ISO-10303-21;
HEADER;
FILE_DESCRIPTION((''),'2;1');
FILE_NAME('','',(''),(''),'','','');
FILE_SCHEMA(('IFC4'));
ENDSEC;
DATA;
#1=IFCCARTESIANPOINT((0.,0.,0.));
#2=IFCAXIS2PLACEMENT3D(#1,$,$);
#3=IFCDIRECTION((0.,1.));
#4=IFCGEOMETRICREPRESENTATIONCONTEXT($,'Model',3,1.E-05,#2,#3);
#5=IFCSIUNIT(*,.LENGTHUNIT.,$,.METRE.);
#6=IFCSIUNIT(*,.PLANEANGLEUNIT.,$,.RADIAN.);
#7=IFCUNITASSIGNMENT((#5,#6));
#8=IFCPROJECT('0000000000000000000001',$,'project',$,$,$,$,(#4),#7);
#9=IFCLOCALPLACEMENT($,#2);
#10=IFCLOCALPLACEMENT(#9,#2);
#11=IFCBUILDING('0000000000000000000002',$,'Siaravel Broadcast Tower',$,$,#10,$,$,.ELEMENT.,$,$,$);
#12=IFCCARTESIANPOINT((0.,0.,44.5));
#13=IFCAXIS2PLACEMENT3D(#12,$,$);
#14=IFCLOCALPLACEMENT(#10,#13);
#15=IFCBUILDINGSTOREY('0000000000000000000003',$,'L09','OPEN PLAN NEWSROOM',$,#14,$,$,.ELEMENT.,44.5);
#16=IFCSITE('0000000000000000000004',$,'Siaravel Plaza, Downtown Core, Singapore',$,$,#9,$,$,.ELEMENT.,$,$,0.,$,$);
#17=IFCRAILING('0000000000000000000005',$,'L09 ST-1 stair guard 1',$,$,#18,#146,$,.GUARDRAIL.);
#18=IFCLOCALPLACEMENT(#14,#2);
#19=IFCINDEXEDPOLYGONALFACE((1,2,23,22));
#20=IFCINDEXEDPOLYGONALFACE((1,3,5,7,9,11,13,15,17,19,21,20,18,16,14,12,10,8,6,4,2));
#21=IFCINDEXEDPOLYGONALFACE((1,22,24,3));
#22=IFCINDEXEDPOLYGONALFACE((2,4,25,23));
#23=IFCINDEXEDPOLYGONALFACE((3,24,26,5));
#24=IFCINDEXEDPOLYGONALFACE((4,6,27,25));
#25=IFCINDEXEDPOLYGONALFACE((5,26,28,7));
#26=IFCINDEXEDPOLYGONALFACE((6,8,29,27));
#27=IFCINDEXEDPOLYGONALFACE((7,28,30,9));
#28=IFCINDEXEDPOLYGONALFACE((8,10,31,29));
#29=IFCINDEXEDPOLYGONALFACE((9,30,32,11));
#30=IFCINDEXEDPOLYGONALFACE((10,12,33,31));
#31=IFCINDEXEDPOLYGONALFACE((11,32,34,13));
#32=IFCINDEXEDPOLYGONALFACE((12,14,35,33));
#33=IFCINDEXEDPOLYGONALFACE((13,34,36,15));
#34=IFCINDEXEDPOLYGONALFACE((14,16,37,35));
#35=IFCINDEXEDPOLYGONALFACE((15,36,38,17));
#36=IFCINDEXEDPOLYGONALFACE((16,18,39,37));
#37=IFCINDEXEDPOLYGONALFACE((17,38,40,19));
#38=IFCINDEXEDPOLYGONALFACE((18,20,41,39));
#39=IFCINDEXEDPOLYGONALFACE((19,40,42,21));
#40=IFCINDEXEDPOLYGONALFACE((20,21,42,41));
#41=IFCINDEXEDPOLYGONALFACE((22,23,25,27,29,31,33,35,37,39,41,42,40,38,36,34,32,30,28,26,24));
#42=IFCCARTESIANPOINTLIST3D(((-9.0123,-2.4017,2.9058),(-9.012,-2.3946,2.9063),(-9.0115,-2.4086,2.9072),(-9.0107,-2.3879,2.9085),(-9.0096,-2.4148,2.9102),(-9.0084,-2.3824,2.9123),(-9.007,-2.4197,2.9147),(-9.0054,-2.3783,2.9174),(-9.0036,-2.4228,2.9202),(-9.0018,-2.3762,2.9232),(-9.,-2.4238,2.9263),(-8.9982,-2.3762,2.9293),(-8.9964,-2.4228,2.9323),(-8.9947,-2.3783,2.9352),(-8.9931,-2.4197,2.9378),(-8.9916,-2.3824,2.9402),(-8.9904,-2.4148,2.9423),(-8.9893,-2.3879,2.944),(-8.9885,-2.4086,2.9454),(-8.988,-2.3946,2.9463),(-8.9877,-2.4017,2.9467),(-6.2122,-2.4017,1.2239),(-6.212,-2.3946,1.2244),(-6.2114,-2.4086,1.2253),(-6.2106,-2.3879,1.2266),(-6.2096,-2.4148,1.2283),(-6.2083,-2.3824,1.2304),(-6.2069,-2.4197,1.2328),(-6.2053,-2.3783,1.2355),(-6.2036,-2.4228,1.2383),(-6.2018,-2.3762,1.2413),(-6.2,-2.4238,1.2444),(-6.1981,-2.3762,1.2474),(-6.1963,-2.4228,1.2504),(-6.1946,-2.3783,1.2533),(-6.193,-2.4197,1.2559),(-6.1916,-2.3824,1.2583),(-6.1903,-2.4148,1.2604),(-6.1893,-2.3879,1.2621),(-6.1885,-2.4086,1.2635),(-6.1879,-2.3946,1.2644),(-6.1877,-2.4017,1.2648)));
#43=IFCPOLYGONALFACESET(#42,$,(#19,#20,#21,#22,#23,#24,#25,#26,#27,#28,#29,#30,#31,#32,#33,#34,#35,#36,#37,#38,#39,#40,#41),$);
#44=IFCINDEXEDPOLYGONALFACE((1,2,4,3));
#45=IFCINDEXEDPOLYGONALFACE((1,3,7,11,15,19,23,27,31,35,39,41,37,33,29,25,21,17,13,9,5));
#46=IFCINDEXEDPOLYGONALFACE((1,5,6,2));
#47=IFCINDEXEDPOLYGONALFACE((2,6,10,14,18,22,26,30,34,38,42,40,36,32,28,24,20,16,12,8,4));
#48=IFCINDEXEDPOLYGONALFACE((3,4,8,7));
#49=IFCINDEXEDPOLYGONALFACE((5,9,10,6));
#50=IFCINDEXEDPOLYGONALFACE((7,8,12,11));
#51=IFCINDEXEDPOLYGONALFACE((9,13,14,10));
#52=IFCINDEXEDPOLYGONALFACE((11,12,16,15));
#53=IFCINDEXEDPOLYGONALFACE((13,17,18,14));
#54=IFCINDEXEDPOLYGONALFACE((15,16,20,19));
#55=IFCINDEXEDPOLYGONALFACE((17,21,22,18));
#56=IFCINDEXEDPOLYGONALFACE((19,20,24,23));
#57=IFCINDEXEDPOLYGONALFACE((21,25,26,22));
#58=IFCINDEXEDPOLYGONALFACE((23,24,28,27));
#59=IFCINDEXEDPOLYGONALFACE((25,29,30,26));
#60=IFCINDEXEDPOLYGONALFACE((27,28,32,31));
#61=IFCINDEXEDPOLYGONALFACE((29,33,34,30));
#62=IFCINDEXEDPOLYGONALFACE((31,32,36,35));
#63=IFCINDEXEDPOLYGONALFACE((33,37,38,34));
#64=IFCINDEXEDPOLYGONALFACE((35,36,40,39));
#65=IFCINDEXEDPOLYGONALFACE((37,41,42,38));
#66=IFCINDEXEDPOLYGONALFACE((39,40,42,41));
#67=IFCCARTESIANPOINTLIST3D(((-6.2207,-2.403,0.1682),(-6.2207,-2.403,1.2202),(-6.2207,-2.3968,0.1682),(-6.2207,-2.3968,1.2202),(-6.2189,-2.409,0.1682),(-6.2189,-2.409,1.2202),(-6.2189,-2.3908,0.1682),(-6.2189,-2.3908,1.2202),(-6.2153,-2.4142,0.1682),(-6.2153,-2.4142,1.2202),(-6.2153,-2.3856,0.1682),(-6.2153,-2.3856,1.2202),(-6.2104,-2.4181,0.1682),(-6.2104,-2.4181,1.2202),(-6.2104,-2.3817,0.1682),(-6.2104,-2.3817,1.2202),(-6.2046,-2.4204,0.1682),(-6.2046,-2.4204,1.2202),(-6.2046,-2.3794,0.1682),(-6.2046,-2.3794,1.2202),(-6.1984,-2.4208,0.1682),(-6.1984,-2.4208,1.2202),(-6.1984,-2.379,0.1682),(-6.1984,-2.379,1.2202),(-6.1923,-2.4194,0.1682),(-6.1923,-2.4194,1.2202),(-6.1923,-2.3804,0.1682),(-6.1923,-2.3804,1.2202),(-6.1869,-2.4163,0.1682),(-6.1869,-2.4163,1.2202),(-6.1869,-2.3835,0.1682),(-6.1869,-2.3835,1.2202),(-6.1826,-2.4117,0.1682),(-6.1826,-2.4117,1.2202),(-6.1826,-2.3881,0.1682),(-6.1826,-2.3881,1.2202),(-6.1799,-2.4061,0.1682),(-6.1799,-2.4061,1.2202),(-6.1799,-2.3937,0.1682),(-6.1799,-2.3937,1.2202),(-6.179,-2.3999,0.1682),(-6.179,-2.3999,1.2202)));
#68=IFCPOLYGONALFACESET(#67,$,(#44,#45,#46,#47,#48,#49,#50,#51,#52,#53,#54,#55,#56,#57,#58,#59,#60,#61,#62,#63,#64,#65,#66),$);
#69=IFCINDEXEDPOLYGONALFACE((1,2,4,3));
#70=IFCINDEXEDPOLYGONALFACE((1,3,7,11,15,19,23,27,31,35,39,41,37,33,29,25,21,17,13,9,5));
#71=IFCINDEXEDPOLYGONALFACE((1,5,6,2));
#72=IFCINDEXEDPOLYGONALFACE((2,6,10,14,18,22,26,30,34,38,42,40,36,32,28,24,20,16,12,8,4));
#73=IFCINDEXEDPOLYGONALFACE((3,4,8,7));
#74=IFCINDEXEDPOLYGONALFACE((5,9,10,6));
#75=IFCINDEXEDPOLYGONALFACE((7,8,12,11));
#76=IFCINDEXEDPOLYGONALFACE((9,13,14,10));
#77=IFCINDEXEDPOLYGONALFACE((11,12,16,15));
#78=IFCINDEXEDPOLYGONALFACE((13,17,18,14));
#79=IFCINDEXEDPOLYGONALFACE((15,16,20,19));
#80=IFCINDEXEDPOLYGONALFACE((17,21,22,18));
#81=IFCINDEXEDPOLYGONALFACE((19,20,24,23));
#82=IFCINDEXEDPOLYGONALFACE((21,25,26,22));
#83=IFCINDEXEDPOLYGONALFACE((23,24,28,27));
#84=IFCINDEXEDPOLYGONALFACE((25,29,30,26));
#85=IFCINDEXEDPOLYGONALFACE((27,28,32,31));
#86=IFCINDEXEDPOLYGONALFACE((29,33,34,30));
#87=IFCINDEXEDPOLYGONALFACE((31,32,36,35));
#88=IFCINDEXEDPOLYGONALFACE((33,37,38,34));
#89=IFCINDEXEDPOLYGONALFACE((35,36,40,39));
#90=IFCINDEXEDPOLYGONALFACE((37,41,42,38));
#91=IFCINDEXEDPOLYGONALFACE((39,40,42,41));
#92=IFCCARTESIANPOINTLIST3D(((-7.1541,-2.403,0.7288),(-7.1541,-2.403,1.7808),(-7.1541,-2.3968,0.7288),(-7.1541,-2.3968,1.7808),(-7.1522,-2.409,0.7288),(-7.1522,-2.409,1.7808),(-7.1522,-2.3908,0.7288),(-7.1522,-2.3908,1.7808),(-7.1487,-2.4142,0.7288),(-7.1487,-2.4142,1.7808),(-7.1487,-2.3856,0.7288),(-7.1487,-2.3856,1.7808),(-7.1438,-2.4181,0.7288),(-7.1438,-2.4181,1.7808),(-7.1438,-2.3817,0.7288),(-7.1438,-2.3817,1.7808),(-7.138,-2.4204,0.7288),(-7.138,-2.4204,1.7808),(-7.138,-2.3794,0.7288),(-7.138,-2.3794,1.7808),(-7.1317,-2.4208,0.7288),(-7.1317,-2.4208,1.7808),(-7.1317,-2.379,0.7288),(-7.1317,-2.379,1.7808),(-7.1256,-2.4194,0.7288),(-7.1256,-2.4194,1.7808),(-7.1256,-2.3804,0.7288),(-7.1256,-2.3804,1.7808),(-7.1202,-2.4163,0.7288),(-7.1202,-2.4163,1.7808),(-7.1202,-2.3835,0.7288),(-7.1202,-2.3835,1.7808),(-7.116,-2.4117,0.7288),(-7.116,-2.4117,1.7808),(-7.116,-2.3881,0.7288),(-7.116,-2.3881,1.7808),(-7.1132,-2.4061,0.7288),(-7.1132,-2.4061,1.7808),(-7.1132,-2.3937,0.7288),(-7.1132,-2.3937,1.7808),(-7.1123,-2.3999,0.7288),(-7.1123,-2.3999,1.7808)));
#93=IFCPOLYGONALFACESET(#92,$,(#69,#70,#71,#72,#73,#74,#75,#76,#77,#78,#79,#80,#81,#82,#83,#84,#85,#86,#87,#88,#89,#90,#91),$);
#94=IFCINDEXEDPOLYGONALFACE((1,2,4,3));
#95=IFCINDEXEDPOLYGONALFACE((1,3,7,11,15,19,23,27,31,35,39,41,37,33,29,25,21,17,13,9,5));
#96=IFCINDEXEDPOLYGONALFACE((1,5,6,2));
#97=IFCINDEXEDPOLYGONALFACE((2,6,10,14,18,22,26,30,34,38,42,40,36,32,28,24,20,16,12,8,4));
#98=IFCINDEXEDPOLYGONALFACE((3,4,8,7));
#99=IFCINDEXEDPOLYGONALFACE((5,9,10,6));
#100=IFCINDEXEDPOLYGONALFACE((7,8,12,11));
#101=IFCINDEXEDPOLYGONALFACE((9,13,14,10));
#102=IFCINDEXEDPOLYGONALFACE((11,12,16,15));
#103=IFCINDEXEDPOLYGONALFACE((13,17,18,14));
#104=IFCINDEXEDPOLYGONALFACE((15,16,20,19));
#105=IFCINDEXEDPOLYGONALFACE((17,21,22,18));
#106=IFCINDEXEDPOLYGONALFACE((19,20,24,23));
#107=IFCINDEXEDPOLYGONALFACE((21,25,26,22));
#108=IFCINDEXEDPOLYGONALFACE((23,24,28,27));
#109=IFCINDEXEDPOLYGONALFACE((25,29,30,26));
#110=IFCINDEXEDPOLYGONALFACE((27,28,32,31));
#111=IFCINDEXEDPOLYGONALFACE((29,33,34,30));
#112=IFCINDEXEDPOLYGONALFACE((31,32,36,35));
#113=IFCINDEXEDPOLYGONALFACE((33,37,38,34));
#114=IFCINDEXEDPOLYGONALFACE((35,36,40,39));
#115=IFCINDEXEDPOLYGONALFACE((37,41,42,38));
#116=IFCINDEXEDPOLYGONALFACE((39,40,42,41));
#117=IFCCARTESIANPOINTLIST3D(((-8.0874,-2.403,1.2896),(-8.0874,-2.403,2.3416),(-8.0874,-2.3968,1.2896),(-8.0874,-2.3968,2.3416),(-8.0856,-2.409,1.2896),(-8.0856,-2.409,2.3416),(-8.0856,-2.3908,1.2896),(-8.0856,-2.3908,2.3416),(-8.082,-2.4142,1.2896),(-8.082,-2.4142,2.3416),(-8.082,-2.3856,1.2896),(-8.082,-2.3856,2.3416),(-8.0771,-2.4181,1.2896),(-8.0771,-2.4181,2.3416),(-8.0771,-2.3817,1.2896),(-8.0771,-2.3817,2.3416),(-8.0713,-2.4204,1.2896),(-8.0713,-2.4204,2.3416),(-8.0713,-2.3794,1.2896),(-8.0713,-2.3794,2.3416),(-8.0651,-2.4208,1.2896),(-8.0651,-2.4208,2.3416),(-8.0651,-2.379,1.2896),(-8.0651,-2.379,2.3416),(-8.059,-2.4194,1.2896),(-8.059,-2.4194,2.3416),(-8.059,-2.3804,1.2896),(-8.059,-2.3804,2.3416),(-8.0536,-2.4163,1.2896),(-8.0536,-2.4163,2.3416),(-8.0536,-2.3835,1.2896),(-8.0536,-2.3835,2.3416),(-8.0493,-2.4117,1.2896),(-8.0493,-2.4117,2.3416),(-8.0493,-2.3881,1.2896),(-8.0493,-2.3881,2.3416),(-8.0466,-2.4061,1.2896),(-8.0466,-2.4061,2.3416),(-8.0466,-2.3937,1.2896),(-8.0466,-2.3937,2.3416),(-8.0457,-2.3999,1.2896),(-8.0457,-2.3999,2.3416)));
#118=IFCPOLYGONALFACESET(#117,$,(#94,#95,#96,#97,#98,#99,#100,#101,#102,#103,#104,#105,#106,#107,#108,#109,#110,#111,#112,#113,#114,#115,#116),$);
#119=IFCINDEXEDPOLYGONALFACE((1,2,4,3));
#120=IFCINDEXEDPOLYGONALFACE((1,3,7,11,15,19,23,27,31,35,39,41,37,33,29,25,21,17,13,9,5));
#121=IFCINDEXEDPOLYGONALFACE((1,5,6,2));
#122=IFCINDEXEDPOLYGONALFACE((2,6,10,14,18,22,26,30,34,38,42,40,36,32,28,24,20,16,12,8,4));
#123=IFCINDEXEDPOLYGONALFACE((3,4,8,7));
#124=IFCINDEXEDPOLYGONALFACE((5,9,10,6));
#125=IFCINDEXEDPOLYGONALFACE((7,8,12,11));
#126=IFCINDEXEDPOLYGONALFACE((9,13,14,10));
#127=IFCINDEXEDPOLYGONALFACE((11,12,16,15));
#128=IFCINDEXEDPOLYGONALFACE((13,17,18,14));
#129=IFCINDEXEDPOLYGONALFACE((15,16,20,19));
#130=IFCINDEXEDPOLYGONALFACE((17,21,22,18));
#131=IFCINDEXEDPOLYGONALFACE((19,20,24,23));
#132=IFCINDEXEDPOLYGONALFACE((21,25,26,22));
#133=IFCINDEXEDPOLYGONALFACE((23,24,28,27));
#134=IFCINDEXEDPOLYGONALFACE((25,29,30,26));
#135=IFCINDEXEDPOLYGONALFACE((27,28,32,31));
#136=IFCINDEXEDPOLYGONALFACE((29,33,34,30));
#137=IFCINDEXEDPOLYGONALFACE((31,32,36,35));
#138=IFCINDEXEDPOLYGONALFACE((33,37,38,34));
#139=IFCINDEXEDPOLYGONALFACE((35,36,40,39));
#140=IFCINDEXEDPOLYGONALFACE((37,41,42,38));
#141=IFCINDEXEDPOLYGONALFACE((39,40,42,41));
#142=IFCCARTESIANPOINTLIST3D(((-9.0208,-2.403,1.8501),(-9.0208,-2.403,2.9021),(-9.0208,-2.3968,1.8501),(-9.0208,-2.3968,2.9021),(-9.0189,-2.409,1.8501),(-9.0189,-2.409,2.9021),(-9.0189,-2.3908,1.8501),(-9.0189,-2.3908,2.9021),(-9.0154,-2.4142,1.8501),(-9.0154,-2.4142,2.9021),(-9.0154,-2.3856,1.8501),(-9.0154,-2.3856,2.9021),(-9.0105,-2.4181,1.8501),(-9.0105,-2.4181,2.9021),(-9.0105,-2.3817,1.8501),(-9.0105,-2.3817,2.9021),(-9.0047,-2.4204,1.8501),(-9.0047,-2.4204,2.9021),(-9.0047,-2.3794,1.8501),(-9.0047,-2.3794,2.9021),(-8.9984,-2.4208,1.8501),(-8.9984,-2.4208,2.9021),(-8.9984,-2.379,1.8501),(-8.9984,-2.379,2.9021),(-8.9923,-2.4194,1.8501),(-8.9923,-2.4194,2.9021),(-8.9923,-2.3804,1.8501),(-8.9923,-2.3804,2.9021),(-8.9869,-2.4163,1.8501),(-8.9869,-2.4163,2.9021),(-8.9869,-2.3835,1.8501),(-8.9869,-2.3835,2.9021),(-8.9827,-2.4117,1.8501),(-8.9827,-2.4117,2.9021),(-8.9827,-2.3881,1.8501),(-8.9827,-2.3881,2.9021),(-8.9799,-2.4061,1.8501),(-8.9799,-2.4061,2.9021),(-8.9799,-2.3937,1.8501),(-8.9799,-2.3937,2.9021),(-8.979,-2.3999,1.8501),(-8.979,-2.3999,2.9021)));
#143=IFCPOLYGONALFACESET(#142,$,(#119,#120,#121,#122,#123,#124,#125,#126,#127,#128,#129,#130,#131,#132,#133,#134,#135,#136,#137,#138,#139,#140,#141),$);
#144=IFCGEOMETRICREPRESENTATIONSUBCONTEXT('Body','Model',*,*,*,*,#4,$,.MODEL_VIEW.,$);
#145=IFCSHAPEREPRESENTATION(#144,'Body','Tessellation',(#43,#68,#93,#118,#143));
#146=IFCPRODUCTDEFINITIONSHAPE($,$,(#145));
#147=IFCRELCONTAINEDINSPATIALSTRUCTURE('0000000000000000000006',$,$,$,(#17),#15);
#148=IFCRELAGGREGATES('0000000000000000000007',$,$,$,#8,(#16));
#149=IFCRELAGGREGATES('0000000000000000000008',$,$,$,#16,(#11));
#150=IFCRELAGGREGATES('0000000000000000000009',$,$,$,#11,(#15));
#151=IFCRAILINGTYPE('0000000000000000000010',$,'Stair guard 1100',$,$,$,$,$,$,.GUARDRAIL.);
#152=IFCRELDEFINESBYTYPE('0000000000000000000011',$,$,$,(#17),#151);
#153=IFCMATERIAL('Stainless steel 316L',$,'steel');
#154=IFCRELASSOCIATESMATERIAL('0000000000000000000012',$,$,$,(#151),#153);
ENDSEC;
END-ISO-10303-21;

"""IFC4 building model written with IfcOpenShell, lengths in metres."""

from ifc_helpers import new_model, si_unit, direction, frame, origin, origin_2d, place, context, subcontext, project, spatial, circle, extrude, material, type_object, element, save


model = new_model("IFC4")

# Units and contexts
model_context = context("Model", 3, precision=1e-05, world=origin(), true_north=direction((0.0, 1.0)))
body_context = subcontext(model_context, "Body", "Model", "MODEL_VIEW")
ifc_project = project(units=[si_unit("LENGTHUNIT", "METRE"), si_unit("PLANEANGLEUNIT", "RADIAN")], contexts=[model_context])

# Site, building, storey
site_placement = place(None, origin())
site = spatial("IfcSite", under=ifc_project, at=site_placement, Name="Siaravel Plaza, Downtown Core, Singapore", CompositionType="ELEMENT", RefElevation=0.0)
building_placement = place(site_placement, origin())
building = spatial("IfcBuilding", under=site, at=building_placement, Name="Siaravel Broadcast Tower", CompositionType="ELEMENT")
storey_placement = place(building_placement, frame((0.0, 0.0, 44.5)))
storey = spatial("IfcBuildingStorey", under=building, at=storey_placement, Name="L09", Description="OPEN PLAN NEWSROOM", CompositionType="ELEMENT", Elevation=44.5)

# Railing
ifc_material_1 = material(Name="Stainless steel 316L", Category="steel")
railing_type_1 = type_object("IfcRailingType", Name="Stair guard 1100", PredefinedType="GUARDRAIL", material=ifc_material_1)
railing_1_placement = place(storey_placement, frame((-6.2, -2.3999, 0.1682)))
element("IfcRailing", 1, at=railing_1_placement, inside=storey, type_object=railing_type_1, Name="L09 ST-1 stair guard 1", PredefinedType="GUARDRAIL", context=body_context, shape_type="SweptSolid", body=[
    extrude(circle(Radius=0.0239, at=origin_2d()), frame((0.0, 0.0, 1.0762), z_axis=(-0.857242, 0.0, 0.514913), x_axis=(0.0, -1.0, 0.0)), (0.0, 0.0, 1.0), 3.2664),
    extrude(circle(Radius=0.021, at=origin_2d()), origin(), (0.0, 0.0, 1.0), 1.052),
    extrude(circle(Radius=0.021, at=origin_2d()), frame((-0.9333, 0.0, 0.5605)), (0.0, 0.0, 1.0), 1.052),
    extrude(circle(Radius=0.021, at=origin_2d()), frame((-1.8667, 0.0, 1.1213)), (0.0, 0.0, 1.0), 1.052),
    extrude(circle(Radius=0.021, at=origin_2d()), frame((-2.8, 0.0, 1.6819)), (0.0, 0.0, 1.0), 1.052),
])

save(model, "model.ifc")
